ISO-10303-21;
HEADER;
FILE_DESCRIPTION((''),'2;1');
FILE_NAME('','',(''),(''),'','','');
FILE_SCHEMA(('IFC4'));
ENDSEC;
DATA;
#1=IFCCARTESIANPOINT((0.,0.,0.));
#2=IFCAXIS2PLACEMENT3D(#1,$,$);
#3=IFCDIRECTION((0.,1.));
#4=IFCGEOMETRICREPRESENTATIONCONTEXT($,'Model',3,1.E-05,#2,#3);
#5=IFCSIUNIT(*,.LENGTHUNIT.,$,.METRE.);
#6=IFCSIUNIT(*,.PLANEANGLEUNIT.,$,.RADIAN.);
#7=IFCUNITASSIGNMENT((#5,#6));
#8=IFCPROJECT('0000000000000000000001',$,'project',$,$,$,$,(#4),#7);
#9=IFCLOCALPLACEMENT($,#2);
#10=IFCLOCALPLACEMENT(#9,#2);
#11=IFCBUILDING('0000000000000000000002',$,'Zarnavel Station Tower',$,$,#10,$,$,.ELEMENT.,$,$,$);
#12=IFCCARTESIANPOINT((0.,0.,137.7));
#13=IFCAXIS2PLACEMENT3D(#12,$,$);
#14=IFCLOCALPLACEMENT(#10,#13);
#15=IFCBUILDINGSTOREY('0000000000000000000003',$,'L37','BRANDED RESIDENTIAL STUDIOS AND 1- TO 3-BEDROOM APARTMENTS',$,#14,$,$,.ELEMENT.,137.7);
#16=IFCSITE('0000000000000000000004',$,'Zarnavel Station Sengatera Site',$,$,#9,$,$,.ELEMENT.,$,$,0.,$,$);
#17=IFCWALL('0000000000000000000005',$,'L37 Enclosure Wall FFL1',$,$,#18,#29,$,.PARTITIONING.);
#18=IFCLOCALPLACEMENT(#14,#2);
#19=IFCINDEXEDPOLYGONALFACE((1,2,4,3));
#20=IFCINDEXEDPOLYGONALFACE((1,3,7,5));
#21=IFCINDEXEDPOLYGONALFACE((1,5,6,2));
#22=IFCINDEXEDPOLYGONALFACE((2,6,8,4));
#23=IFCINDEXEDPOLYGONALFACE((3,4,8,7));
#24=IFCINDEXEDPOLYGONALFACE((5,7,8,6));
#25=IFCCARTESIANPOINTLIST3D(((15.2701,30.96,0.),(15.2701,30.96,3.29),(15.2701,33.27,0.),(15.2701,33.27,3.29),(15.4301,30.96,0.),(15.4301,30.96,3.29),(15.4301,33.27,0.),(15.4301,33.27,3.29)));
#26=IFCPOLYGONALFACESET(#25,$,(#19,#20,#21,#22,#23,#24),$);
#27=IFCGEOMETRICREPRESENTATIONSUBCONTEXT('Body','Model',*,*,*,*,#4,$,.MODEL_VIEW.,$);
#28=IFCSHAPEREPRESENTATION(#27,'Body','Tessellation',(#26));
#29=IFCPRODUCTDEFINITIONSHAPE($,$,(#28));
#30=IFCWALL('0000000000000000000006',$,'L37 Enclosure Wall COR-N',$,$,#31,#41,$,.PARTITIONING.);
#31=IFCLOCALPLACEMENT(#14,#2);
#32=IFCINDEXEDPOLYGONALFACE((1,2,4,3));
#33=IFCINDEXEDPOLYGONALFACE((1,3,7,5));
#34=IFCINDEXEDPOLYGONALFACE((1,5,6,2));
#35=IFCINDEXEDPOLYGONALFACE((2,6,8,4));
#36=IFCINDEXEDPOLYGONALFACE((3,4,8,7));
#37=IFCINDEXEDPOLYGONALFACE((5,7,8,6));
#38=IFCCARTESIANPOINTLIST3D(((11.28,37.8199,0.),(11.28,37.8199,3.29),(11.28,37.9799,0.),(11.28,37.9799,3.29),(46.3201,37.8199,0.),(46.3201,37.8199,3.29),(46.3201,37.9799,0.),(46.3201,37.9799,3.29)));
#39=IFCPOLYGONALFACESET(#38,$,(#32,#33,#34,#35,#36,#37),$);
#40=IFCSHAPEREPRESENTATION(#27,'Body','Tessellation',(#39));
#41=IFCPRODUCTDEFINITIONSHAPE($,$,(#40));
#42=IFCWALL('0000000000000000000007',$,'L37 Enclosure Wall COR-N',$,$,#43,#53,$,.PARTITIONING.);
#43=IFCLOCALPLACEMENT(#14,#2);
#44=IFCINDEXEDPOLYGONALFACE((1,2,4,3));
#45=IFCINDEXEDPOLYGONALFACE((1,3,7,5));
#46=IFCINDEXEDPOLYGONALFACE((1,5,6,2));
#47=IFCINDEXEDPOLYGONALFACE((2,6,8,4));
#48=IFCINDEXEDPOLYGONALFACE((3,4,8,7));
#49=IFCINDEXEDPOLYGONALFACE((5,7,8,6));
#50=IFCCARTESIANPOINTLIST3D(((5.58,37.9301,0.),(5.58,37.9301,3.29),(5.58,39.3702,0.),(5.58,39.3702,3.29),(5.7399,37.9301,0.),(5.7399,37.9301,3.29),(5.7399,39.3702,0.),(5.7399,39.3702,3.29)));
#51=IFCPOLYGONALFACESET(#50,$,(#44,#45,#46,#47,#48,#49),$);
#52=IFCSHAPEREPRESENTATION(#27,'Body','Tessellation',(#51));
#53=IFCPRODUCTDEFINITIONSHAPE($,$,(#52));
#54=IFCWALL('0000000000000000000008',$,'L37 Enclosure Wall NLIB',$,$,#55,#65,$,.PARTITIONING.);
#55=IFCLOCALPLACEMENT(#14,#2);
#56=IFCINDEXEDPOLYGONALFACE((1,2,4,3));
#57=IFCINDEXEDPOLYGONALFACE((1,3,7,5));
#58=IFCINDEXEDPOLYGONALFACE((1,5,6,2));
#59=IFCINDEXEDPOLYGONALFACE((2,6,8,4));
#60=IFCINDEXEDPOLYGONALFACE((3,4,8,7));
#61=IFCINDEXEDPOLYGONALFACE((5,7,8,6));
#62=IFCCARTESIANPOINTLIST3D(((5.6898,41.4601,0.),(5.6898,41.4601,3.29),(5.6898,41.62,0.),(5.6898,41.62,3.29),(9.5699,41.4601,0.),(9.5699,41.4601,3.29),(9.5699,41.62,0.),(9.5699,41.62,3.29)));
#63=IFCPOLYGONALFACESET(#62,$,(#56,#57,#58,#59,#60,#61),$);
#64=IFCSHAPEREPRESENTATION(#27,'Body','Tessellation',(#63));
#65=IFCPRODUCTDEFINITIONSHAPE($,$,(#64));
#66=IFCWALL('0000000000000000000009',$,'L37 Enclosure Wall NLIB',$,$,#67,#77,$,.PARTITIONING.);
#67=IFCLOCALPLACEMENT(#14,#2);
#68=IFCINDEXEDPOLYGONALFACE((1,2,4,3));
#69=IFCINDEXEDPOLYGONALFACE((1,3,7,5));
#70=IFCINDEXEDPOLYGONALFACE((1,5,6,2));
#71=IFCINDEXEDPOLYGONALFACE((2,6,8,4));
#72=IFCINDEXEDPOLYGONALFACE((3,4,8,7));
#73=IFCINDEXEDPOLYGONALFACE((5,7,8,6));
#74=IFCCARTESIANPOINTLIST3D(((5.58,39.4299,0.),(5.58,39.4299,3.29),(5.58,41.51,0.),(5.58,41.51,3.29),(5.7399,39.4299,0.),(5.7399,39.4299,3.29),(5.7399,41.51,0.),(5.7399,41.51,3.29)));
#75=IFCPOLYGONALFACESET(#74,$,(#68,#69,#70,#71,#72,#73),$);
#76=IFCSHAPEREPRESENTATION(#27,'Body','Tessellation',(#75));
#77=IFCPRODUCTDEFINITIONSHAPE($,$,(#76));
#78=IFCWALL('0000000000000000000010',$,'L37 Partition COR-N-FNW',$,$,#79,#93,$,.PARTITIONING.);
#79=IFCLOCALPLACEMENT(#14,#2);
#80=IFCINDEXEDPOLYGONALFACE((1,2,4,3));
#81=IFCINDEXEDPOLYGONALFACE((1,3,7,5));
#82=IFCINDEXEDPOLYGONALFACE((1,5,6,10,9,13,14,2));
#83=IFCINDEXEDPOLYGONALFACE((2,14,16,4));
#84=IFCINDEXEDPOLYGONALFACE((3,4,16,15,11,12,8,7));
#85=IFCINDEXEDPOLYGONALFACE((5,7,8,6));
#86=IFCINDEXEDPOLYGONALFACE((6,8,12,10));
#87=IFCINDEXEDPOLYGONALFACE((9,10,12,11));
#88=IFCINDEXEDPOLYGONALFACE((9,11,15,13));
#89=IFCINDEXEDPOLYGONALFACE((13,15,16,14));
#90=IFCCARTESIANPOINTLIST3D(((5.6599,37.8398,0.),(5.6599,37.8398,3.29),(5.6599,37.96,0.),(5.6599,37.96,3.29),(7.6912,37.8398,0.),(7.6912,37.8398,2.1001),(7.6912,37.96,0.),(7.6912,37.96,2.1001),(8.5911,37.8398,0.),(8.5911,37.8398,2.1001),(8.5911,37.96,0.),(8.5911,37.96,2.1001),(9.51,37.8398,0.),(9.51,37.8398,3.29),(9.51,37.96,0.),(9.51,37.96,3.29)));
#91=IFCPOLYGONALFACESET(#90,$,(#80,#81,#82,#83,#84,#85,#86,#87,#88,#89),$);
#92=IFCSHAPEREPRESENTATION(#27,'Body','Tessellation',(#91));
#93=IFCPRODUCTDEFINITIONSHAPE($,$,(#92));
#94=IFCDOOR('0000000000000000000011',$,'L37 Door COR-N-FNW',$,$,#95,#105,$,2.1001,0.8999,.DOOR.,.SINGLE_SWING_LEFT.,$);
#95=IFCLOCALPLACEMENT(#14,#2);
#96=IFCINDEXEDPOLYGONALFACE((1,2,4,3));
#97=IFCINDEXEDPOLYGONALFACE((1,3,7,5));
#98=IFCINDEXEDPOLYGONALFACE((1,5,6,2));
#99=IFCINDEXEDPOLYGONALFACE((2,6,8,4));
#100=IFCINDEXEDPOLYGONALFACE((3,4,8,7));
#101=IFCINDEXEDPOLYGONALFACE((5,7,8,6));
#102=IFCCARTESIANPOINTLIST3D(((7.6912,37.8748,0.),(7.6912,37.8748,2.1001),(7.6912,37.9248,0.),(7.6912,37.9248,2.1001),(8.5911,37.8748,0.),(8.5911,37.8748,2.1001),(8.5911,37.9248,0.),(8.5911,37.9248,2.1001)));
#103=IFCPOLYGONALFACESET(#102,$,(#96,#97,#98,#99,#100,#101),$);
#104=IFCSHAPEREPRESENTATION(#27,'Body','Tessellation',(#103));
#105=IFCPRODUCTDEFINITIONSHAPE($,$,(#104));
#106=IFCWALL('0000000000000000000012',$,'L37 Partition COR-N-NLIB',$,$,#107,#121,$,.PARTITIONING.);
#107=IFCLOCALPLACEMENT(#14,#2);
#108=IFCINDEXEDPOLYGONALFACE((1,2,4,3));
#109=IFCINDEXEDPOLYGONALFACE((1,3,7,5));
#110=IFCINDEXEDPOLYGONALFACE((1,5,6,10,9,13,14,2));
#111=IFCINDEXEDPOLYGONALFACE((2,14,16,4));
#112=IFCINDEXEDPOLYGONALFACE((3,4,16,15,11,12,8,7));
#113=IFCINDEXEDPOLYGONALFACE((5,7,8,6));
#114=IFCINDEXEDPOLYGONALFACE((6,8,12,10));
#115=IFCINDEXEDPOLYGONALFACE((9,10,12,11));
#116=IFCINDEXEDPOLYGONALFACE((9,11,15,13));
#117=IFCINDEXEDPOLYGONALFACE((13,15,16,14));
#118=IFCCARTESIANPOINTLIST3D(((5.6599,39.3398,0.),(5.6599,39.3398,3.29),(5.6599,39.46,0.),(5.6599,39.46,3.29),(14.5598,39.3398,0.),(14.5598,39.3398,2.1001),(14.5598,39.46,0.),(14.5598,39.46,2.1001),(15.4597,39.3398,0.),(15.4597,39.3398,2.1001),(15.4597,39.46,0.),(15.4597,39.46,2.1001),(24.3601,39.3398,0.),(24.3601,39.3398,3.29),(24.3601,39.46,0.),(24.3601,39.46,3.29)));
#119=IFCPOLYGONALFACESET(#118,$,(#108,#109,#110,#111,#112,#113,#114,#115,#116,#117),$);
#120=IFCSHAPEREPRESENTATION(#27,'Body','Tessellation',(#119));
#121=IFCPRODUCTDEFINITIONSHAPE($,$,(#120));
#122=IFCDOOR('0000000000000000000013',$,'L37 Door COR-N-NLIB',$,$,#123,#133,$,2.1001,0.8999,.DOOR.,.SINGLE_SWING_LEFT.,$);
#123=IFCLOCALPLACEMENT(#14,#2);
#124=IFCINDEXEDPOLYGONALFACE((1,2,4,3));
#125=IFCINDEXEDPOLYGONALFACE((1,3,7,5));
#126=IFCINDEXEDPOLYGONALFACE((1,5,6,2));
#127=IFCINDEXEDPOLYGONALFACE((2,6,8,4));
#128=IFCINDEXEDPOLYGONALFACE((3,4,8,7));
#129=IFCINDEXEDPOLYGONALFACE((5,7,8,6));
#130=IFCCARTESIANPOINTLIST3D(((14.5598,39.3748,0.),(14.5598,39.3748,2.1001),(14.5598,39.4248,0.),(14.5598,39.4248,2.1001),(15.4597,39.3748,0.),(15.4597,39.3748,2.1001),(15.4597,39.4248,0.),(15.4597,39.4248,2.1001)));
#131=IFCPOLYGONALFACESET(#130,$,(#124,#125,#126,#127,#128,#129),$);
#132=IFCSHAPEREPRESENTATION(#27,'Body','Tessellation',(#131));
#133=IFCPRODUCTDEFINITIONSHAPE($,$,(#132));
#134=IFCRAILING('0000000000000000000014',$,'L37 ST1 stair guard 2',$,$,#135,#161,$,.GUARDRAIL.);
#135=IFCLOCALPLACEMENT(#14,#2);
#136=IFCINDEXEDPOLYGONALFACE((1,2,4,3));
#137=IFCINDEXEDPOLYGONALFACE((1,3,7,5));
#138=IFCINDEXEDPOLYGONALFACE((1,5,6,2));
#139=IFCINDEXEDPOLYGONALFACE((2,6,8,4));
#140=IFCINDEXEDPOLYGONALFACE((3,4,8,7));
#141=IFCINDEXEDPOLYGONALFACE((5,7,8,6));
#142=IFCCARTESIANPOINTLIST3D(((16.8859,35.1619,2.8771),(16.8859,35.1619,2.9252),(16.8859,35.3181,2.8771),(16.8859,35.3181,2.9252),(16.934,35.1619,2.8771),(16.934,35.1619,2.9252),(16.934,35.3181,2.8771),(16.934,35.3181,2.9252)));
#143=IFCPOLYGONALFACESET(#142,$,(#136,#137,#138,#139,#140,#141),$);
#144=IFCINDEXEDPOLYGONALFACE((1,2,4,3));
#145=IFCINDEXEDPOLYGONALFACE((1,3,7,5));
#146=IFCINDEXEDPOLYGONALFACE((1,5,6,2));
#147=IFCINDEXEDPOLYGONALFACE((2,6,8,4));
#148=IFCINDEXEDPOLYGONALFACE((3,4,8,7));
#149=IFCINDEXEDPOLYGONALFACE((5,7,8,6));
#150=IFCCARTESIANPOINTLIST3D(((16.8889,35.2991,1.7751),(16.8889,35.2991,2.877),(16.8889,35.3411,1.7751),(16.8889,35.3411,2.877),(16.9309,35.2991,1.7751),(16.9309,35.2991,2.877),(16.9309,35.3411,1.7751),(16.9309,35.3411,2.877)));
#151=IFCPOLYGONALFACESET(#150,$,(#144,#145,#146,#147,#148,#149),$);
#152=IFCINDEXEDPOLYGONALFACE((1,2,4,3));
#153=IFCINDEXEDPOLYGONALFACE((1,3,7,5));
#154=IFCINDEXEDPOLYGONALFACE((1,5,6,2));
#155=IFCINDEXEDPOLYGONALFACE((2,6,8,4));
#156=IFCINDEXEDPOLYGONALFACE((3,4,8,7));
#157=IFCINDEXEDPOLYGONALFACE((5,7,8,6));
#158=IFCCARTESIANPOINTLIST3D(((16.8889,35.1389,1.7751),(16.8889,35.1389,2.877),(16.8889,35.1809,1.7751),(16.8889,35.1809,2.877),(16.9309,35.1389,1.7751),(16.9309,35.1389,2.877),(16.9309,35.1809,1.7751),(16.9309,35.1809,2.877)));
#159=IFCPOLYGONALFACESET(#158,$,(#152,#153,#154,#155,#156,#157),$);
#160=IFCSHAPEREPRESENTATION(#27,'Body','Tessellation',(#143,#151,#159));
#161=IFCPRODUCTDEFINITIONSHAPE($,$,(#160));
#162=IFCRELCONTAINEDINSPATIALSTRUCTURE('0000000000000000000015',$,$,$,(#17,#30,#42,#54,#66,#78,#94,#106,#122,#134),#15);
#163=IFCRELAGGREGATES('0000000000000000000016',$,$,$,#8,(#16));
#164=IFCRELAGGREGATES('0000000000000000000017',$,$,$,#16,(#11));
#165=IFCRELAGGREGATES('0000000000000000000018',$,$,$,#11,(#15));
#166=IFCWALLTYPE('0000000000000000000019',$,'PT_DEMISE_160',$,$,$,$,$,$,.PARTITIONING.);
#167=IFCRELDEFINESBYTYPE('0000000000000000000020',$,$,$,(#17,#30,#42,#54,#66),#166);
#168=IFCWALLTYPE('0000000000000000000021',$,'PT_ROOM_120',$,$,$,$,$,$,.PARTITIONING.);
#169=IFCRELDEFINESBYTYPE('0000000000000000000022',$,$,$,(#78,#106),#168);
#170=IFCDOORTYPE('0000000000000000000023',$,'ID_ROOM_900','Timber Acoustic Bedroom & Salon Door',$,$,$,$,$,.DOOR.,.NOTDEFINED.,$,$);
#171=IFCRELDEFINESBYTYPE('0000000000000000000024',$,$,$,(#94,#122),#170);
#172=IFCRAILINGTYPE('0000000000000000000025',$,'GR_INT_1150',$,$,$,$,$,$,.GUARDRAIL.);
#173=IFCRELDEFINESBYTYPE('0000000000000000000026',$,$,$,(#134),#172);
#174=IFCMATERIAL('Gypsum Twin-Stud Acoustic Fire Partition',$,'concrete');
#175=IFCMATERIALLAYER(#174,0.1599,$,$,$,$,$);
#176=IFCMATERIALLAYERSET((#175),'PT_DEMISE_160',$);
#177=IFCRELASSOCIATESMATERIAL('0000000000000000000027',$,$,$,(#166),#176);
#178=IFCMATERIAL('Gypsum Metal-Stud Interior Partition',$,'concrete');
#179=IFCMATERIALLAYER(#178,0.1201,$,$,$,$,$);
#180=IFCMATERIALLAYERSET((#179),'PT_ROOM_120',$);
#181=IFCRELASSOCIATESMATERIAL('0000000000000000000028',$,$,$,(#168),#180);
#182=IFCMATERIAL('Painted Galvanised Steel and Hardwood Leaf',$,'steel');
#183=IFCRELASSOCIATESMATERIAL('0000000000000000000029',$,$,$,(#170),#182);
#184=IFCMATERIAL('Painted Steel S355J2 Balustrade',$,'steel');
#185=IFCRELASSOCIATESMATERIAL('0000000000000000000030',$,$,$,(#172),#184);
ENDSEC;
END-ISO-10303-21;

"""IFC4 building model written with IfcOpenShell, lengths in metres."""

from ifc_helpers import new_model, si_unit, direction, frame, frame_2d, origin, origin_2d, place, context, subcontext, project, spatial, rectangle, extrude, material, layer, layer_set, type_object, element, fill, save


model = new_model("IFC4")

# Units and contexts
model_context = context("Model", 3, precision=1e-05, world=origin(), true_north=direction((0.0, 1.0)))
body_context = subcontext(model_context, "Body", "Model", "MODEL_VIEW")
ifc_project = project(units=[si_unit("LENGTHUNIT", "METRE"), si_unit("PLANEANGLEUNIT", "RADIAN")], contexts=[model_context])

# Site, building, storey
site_placement = place(None, origin())
site = spatial("IfcSite", under=ifc_project, at=site_placement, Name="Zarnavel Station Sengatera Site", CompositionType="ELEMENT", RefElevation=0.0)
building_placement = place(site_placement, origin())
building = spatial("IfcBuilding", under=site, at=building_placement, Name="Zarnavel Station Tower", CompositionType="ELEMENT")
storey_placement = place(building_placement, frame((0.0, 0.0, 137.7)))
storey = spatial("IfcBuildingStorey", under=building, at=storey_placement, Name="L37", Description="BRANDED RESIDENTIAL STUDIOS AND 1- TO 3-BEDROOM APARTMENTS", CompositionType="ELEMENT", Elevation=137.7)

# Walls
ifc_material_1 = material(Name="Gypsum Twin-Stud Acoustic Fire Partition", Category="concrete")
ifc_layer_1 = layer(ifc_material_1, 0.1599)
ifc_layer_set_1 = layer_set([ifc_layer_1], Name="PT_DEMISE_160")
wall_type_1 = type_object("IfcWallType", Name="PT_DEMISE_160", PredefinedType="PARTITIONING", material=ifc_layer_set_1)
wall_1_placement = place(storey_placement, frame((15.3501, 30.96, 0.0), z_axis=(0.0, 0.0, 1.0), x_axis=(0.0, 1.0, 0.0)))
element("IfcWall", 1, at=wall_1_placement, inside=storey, type_object=wall_type_1, Name="L37 Enclosure Wall FFL1", PredefinedType="PARTITIONING", context=body_context, shape_type="SweptSolid", body=[
    extrude(rectangle(XDim=2.3101, YDim=0.1599, at=frame_2d((1.155, 0.0))), origin(), (0.0, 0.0, 1.0), 3.29),
])
wall_2_placement = place(storey_placement, frame((11.28, 37.8999, 0.0), z_axis=(0.0, 0.0, 1.0), x_axis=(1.0, 0.0, 0.0)))
element("IfcWall", 2, at=wall_2_placement, inside=storey, type_object=wall_type_1, Name="L37 Enclosure Wall COR-N", PredefinedType="PARTITIONING", context=body_context, shape_type="SweptSolid", body=[
    extrude(rectangle(XDim=35.04, YDim=0.1599, at=frame_2d((17.52, 0.0))), origin(), (0.0, 0.0, 1.0), 3.29),
])
wall_3_placement = place(storey_placement, frame((5.6599, 37.9299, 0.0), z_axis=(0.0, 0.0, 1.0), x_axis=(0.0, 1.0, 0.0)))
element("IfcWall", 3, at=wall_3_placement, inside=storey, type_object=wall_type_1, Name="L37 Enclosure Wall COR-N", PredefinedType="PARTITIONING", context=body_context, shape_type="SweptSolid", body=[
    extrude(rectangle(XDim=1.4402, YDim=0.1599, at=frame_2d((0.7202, 0.0))), origin(), (0.0, 0.0, 1.0), 3.29),
])
wall_4_placement = place(storey_placement, frame((5.6899, 41.54, 0.0), z_axis=(0.0, 0.0, 1.0), x_axis=(1.0, 0.0, 0.0)))
element("IfcWall", 4, at=wall_4_placement, inside=storey, type_object=wall_type_1, Name="L37 Enclosure Wall NLIB", PredefinedType="PARTITIONING", context=body_context, shape_type="SweptSolid", body=[
    extrude(rectangle(XDim=3.8801, YDim=0.1599, at=frame_2d((1.9399, 0.0))), origin(), (0.0, 0.0, 1.0), 3.29),
])
wall_5_placement = place(storey_placement, frame((5.6599, 39.4299, 0.0), z_axis=(0.0, 0.0, 1.0), x_axis=(0.0, 1.0, 0.0)))
element("IfcWall", 5, at=wall_5_placement, inside=storey, type_object=wall_type_1, Name="L37 Enclosure Wall NLIB", PredefinedType="PARTITIONING", context=body_context, shape_type="SweptSolid", body=[
    extrude(rectangle(XDim=2.0801, YDim=0.1599, at=frame_2d((1.04, 0.0))), origin(), (0.0, 0.0, 1.0), 3.29),
])

# Walls, openings, doors
ifc_material_2 = material(Name="Gypsum Metal-Stud Interior Partition", Category="concrete")
ifc_layer_2 = layer(ifc_material_2, 0.1201)
ifc_layer_set_2 = layer_set([ifc_layer_2], Name="PT_ROOM_120")
wall_type_2 = type_object("IfcWallType", Name="PT_ROOM_120", PredefinedType="PARTITIONING", material=ifc_layer_set_2)
wall_6_placement = place(storey_placement, frame((5.6599, 37.8999, 0.0), z_axis=(0.0, 0.0, 1.0), x_axis=(1.0, 0.0, 0.0)))
wall_6 = element("IfcWall", 6, at=wall_6_placement, inside=storey, type_object=wall_type_2, Name="L37 Partition COR-N-FNW", PredefinedType="PARTITIONING", context=body_context, shape_type="SweptSolid", body=[
    extrude(rectangle(XDim=3.8501, YDim=0.1201, at=frame_2d((1.925, 0.0))), origin(), (0.0, 0.0, 1.0), 3.29),
])
opening_1_placement = place(wall_6_placement, frame((2.0312, 0.0, 0.0)))
opening_1 = element("IfcOpeningElement", 7, at=opening_1_placement, cuts=wall_6, PredefinedType="OPENING", context=body_context, shape_type="SweptSolid", body=[
    extrude(rectangle(XDim=0.8999, YDim=2.1001, at=frame_2d((0.45, 1.05))), frame((0.0, 0.0701, 0.0), z_axis=(0.0, -1.0, 0.0), x_axis=(1.0, 0.0, 0.0)), (0.0, 0.0, 1.0), 0.1401),
])
ifc_material_3 = material(Name="Painted Galvanised Steel and Hardwood Leaf", Category="steel")
door_type = type_object("IfcDoorType", Name="ID_ROOM_900", Description="Timber Acoustic Bedroom & Salon Door", OperationType="NOTDEFINED", PredefinedType="DOOR", material=ifc_material_3)
door_1_placement = place(opening_1_placement, origin())
door_1 = element("IfcDoor", 8, at=door_1_placement, inside=storey, type_object=door_type, Name="L37 Door COR-N-FNW", OperationType="SINGLE_SWING_LEFT", OverallHeight=2.1001, OverallWidth=0.8999, PredefinedType="DOOR", context=body_context, shape_type="SweptSolid", body=[
    extrude(rectangle(XDim=0.8999, YDim=2.1001, at=frame_2d((0.45, 1.05))), frame((0.0, 0.0249, 0.0), z_axis=(0.0, -1.0, 0.0), x_axis=(1.0, 0.0, 0.0)), (0.0, 0.0, 1.0), 0.05),
])
fill(opening_1, door_1)
wall_7_placement = place(storey_placement, frame((5.6599, 39.3999, 0.0), z_axis=(0.0, 0.0, 1.0), x_axis=(1.0, 0.0, 0.0)))
wall_7 = element("IfcWall", 9, at=wall_7_placement, inside=storey, type_object=wall_type_2, Name="L37 Partition COR-N-NLIB", PredefinedType="PARTITIONING", context=body_context, shape_type="SweptSolid", body=[
    extrude(rectangle(XDim=18.7002, YDim=0.1201, at=frame_2d((9.3501, 0.0))), origin(), (0.0, 0.0, 1.0), 3.29),
])
opening_2_placement = place(wall_7_placement, frame((8.8999, 0.0, 0.0)))
opening_2 = element("IfcOpeningElement", 10, at=opening_2_placement, cuts=wall_7, PredefinedType="OPENING", context=body_context, shape_type="SweptSolid", body=[
    extrude(rectangle(XDim=0.8999, YDim=2.1001, at=frame_2d((0.45, 1.05))), frame((0.0, 0.0701, 0.0), z_axis=(0.0, -1.0, 0.0), x_axis=(1.0, 0.0, 0.0)), (0.0, 0.0, 1.0), 0.1401),
])
door_2_placement = place(opening_2_placement, origin())
door_2 = element("IfcDoor", 11, at=door_2_placement, inside=storey, type_object=door_type, Name="L37 Door COR-N-NLIB", OperationType="SINGLE_SWING_LEFT", OverallHeight=2.1001, OverallWidth=0.8999, PredefinedType="DOOR", context=body_context, shape_type="SweptSolid", body=[
    extrude(rectangle(XDim=0.8999, YDim=2.1001, at=frame_2d((0.45, 1.05))), frame((0.0, 0.0249, 0.0), z_axis=(0.0, -1.0, 0.0), x_axis=(1.0, 0.0, 0.0)), (0.0, 0.0, 1.0), 0.05),
])
fill(opening_2, door_2)

# Railing
ifc_material_4 = material(Name="Painted Steel S355J2 Balustrade", Category="steel")
railing_type = type_object("IfcRailingType", Name="GR_INT_1150", PredefinedType="GUARDRAIL", material=ifc_material_4)
railing_placement = place(storey_placement, frame((16.9099, 35.3201, 1.7751)))
element("IfcRailing", 12, at=railing_placement, inside=storey, type_object=railing_type, Name="L37 ST1 stair guard 2", PredefinedType="GUARDRAIL", context=body_context, shape_type="SweptSolid", body=[
    extrude(rectangle(XDim=0.0481, YDim=0.0481, at=origin_2d()), frame((0.0, -0.002, 1.126), z_axis=(0.0, -1.0, 0.0), x_axis=(1.0, 0.0, 0.0)), (0.0, 0.0, 1.0), 0.1562),
    extrude(rectangle(XDim=0.042, YDim=0.042, at=origin_2d()), origin(), (0.0, 0.0, 1.0), 1.1018),
    extrude(rectangle(XDim=0.042, YDim=0.042, at=origin_2d()), frame((0.0, -0.1602, 0.0)), (0.0, 0.0, 1.0), 1.1018),
])

save(model, "model.ifc")
